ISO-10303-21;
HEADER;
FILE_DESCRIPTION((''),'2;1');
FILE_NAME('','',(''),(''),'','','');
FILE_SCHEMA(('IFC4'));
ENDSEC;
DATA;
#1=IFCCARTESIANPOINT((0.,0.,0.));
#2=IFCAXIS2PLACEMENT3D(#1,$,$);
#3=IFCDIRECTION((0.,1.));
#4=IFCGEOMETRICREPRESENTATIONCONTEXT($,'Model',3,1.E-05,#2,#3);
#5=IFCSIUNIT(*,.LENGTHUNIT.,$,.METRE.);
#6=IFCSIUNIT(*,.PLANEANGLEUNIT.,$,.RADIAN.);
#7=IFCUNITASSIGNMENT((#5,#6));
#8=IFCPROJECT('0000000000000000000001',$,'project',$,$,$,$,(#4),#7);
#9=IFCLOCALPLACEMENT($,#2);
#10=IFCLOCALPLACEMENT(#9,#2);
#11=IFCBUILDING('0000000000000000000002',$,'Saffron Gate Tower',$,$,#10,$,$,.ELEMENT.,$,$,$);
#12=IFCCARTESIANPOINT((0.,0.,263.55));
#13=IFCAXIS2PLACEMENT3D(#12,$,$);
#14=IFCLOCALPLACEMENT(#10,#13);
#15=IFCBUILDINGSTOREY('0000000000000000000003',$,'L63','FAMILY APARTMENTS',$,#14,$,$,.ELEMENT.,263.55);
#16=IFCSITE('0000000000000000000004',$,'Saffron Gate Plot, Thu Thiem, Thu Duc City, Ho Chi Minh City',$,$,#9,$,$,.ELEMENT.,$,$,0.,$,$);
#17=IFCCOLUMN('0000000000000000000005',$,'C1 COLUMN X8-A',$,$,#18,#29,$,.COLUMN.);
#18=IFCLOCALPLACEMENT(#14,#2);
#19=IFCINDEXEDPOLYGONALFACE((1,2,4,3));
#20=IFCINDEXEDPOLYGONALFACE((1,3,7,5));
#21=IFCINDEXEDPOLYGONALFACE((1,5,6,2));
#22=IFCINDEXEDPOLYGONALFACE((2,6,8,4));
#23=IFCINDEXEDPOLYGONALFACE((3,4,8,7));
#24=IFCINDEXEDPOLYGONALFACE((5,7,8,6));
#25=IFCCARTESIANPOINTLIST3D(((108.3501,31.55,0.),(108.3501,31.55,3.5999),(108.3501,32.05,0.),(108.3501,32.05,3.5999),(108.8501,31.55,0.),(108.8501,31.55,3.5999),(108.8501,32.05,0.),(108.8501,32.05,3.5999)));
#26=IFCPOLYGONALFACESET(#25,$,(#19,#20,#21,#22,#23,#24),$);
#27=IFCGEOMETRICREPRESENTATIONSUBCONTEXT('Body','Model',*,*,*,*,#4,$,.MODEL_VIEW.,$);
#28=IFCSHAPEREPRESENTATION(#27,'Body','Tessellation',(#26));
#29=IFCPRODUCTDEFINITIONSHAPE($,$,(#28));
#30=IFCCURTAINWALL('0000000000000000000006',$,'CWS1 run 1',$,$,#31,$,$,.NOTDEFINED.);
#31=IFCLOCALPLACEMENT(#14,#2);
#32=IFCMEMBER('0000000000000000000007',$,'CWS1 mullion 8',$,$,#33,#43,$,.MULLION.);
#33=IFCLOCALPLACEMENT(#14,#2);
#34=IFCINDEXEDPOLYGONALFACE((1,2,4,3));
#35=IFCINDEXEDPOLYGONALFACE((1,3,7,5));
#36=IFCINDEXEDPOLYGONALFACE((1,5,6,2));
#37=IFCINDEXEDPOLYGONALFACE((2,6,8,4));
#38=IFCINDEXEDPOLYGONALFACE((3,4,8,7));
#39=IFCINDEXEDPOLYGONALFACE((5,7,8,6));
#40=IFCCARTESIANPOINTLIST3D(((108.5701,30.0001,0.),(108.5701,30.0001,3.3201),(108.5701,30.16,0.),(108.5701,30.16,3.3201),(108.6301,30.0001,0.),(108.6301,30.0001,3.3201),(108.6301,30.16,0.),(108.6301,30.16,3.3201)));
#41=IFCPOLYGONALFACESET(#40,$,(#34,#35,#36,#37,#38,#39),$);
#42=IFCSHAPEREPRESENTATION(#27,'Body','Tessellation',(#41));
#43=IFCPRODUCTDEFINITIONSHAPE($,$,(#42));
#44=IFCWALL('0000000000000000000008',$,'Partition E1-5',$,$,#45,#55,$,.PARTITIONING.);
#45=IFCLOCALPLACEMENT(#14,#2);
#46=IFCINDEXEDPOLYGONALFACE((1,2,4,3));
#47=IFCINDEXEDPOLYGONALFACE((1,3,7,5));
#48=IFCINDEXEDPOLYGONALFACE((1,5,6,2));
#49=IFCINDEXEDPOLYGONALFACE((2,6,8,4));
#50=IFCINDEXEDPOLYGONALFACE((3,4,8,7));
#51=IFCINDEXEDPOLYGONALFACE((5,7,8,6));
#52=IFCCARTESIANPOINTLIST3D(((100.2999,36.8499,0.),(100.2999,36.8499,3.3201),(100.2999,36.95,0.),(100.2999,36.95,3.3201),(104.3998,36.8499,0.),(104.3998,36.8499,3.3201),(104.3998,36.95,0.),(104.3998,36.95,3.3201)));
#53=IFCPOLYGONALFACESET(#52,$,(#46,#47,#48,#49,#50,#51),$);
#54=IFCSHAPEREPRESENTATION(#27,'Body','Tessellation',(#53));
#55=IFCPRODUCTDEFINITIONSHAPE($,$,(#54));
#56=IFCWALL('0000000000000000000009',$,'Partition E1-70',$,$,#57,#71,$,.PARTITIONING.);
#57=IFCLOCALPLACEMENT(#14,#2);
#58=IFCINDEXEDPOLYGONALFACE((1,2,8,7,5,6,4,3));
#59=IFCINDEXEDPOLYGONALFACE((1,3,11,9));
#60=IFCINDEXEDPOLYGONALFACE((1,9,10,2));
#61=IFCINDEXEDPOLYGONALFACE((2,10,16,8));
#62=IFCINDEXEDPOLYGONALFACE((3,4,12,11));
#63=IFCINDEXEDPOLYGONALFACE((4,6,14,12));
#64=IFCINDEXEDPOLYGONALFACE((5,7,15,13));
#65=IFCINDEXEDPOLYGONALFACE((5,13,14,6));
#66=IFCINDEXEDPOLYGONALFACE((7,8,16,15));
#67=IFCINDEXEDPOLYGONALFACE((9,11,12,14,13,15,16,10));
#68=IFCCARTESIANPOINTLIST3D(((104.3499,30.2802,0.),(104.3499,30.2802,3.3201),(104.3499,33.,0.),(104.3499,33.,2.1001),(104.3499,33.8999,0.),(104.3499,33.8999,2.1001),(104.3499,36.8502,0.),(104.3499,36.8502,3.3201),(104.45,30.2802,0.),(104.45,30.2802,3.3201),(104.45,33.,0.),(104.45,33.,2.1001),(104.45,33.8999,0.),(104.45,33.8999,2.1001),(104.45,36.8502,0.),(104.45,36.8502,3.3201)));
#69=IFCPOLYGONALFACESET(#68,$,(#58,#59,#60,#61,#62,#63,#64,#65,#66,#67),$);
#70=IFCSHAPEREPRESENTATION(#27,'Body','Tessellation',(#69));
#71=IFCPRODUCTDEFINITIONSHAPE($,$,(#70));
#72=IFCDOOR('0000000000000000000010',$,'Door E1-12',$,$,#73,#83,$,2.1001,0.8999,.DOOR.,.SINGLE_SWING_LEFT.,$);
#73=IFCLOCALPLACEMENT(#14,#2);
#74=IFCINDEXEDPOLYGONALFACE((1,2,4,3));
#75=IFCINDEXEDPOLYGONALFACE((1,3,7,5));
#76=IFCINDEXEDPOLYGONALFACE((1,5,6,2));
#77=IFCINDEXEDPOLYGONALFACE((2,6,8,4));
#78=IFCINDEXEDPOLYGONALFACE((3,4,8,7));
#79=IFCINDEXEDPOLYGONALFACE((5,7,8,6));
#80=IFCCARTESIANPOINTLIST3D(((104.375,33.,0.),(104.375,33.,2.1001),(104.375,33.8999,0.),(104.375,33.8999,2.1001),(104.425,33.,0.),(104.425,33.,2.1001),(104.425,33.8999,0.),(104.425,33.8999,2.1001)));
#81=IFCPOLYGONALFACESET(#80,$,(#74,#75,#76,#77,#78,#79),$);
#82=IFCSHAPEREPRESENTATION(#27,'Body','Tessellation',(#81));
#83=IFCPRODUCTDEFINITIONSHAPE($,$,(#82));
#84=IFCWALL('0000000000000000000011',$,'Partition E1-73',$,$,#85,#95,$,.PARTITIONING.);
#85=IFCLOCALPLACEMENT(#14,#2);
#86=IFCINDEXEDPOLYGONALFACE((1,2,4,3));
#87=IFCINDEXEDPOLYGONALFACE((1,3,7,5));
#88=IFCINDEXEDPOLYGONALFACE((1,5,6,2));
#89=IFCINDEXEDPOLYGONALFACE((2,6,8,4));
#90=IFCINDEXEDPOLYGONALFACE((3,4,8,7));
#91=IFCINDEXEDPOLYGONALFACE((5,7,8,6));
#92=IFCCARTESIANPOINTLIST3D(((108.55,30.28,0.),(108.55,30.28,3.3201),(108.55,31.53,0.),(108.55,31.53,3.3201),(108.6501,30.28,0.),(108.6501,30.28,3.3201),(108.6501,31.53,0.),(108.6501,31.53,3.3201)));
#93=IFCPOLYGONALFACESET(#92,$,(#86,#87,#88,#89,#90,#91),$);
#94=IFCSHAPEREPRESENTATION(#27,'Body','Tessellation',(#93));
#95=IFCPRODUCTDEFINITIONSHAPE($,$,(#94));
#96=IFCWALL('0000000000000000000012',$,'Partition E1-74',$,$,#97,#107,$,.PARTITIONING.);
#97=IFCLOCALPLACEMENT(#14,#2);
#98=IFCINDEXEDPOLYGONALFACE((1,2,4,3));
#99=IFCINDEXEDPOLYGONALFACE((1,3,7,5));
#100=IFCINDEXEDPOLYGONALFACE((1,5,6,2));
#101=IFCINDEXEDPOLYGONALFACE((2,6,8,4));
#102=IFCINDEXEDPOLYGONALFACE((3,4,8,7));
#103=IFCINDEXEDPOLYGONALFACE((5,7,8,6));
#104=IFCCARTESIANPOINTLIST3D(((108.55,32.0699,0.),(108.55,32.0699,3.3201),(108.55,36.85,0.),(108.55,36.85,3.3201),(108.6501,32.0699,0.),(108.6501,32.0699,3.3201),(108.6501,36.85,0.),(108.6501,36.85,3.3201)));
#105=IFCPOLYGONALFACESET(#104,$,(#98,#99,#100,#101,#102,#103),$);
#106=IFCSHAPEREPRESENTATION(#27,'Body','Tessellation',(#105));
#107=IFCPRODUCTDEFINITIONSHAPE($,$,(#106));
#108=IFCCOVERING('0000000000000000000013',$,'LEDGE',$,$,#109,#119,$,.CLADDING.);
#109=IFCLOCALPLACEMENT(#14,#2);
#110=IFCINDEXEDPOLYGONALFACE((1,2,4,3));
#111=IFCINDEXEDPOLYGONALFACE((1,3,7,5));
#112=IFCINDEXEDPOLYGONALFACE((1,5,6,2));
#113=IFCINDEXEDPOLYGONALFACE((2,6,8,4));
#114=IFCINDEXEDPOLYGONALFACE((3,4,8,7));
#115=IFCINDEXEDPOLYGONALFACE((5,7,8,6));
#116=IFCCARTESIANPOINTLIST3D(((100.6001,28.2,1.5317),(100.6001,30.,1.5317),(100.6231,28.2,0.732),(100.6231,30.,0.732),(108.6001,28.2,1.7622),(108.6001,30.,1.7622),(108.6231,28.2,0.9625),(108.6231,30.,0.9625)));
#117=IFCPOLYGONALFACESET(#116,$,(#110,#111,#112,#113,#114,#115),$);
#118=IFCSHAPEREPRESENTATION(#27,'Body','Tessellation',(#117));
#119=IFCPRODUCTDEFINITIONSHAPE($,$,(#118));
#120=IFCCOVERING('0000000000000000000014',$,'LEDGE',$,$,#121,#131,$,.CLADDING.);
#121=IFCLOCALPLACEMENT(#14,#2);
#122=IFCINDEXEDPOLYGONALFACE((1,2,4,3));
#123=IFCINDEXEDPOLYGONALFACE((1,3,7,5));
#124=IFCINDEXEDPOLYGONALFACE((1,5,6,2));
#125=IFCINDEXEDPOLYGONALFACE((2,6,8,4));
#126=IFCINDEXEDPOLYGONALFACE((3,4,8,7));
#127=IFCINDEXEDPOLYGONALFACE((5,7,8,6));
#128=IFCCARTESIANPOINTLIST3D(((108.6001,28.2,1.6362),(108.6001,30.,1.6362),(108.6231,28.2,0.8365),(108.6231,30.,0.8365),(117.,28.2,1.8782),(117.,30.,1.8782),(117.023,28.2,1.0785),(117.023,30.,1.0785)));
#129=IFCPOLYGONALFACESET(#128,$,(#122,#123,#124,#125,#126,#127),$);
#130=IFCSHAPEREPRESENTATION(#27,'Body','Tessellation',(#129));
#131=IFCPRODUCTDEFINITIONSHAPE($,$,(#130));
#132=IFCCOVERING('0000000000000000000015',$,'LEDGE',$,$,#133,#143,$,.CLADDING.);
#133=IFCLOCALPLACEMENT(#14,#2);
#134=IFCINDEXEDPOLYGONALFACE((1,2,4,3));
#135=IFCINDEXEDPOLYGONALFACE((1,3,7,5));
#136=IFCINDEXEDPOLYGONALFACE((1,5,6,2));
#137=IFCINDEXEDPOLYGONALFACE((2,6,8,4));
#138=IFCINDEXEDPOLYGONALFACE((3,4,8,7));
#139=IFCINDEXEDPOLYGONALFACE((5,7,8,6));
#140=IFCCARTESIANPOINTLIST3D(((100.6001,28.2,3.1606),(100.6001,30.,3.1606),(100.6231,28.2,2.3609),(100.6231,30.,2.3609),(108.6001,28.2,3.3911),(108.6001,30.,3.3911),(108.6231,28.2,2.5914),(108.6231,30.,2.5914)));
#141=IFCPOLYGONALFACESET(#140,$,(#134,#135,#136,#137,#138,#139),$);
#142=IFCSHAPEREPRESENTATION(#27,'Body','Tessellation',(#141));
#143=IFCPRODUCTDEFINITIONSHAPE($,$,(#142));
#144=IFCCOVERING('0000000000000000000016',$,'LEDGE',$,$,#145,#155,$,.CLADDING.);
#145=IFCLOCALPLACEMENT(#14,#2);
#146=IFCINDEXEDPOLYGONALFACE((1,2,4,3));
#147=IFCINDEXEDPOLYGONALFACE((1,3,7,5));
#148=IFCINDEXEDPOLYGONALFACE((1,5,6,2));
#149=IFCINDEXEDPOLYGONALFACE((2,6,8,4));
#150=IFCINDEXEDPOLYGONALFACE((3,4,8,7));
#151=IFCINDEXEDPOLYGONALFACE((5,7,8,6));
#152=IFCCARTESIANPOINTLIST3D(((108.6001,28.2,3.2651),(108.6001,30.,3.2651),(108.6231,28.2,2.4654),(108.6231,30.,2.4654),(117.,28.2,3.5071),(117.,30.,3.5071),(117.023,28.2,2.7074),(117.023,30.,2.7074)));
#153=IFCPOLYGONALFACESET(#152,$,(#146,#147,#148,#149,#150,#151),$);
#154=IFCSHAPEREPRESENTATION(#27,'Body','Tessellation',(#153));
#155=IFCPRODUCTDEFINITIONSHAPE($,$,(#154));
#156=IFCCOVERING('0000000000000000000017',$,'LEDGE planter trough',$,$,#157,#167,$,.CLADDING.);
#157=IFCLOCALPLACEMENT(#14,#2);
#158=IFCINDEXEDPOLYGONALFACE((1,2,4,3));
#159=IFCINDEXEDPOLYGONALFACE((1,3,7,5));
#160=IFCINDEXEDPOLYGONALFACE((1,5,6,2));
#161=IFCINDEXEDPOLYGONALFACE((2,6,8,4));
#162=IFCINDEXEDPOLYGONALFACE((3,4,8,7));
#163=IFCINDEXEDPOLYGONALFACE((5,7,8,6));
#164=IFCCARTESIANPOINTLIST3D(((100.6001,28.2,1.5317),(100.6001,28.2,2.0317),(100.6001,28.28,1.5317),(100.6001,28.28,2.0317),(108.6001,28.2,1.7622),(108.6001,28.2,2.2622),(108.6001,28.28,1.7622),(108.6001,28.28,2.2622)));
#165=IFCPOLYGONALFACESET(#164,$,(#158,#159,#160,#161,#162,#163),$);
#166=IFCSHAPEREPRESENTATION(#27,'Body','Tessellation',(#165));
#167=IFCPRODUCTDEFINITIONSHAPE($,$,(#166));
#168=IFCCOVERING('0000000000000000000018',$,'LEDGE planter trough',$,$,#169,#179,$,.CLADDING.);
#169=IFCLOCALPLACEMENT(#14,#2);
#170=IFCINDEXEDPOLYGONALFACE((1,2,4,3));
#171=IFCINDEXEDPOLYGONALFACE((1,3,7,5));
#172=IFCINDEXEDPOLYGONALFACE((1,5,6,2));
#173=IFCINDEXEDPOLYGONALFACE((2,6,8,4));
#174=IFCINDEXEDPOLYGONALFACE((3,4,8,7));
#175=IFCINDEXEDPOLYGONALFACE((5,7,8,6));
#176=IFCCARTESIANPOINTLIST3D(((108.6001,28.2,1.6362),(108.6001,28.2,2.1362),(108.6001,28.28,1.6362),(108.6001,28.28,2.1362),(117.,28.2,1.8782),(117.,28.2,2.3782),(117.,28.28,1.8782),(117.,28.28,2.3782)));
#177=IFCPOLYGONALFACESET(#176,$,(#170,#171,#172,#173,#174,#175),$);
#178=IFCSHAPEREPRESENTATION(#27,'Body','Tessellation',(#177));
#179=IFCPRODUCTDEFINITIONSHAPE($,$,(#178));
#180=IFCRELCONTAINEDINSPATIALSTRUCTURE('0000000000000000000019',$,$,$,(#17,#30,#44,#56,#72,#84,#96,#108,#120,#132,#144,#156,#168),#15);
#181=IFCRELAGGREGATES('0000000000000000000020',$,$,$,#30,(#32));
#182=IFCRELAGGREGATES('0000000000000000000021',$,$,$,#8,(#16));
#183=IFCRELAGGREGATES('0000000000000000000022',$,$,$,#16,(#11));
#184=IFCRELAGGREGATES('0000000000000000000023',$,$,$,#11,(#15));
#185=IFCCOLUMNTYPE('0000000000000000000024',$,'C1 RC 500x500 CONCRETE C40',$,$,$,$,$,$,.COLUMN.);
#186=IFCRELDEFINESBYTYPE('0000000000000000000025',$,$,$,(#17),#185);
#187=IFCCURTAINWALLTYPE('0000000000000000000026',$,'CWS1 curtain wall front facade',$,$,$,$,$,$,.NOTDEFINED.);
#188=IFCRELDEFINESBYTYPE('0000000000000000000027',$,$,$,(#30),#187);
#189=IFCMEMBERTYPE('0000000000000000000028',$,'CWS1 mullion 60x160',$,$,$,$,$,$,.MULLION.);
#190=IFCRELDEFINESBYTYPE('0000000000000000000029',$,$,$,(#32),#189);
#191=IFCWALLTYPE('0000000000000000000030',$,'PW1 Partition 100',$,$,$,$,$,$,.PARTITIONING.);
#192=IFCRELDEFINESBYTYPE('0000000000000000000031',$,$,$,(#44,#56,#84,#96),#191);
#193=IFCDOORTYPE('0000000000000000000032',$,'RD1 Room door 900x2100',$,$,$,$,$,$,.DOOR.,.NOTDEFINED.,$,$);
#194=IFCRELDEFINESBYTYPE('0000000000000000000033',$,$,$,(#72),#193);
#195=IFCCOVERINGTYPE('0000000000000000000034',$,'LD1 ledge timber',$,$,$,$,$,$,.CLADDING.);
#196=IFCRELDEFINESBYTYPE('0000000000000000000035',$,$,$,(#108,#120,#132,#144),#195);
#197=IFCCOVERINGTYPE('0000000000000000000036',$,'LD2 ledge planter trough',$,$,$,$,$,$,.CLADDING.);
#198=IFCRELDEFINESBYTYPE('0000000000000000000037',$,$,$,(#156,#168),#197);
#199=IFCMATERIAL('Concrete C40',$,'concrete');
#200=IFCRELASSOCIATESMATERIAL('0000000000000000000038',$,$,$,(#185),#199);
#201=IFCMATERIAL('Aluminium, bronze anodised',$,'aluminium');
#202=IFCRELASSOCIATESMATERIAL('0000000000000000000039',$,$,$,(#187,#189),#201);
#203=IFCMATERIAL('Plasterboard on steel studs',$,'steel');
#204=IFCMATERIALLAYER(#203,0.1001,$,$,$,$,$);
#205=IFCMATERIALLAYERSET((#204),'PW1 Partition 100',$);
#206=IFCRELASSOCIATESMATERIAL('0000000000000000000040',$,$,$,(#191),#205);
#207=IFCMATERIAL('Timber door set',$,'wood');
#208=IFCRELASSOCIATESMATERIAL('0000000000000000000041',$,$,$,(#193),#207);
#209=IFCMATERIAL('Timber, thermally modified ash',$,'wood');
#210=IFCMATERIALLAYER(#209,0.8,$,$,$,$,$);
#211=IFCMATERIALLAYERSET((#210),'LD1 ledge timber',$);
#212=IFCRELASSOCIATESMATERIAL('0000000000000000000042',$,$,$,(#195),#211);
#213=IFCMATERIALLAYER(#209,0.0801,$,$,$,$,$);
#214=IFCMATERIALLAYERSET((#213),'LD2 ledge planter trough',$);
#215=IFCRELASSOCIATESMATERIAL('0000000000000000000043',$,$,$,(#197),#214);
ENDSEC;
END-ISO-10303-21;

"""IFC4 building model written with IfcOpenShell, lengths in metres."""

from ifc_helpers import new_model, si_unit, direction, frame, frame_2d, origin, origin_2d, place, context, subcontext, project, spatial, polyline, rectangle, outline, extrude, material, layer, layer_set, material_profile, profile_set, type_object, element, fill, aggregate, save


model = new_model("IFC4")

# Units and contexts
model_context = context("Model", 3, precision=1e-05, world=origin(), true_north=direction((0.0, 1.0)))
body_context = subcontext(model_context, "Body", "Model", "MODEL_VIEW")
ifc_project = project(units=[si_unit("LENGTHUNIT", "METRE"), si_unit("PLANEANGLEUNIT", "RADIAN")], contexts=[model_context])

# Site, building, storey
site_placement = place(None, origin())
site = spatial("IfcSite", under=ifc_project, at=site_placement, Name="Saffron Gate Plot, Thu Thiem, Thu Duc City, Ho Chi Minh City", CompositionType="ELEMENT", RefElevation=0.0)
building_placement = place(site_placement, origin())
building = spatial("IfcBuilding", under=site, at=building_placement, Name="Saffron Gate Tower", CompositionType="ELEMENT")
storey_placement = place(building_placement, frame((0.0, 0.0, 263.55)))
storey = spatial("IfcBuildingStorey", under=building, at=storey_placement, Name="L63", Description="FAMILY APARTMENTS", CompositionType="ELEMENT", Elevation=263.55)

# Column
ifc_material_1 = material(Name="Concrete C40", Category="concrete")
ifc_material_profile_1 = material_profile(ifc_material_1, rectangle(XDim=0.5, YDim=0.5, at=origin_2d()))
ifc_profile_set_1 = profile_set([ifc_material_profile_1], Name="Concrete C40")
column_type = type_object("IfcColumnType", Name="C1 RC 500x500 CONCRETE C40", PredefinedType="COLUMN", material=ifc_profile_set_1)
column_placement = place(storey_placement, frame((108.6001, 31.8, 0.0), z_axis=(0.0, 0.0, 1.0), x_axis=(1.0, 0.0, 0.0)))
element("IfcColumn", 1, at=column_placement, inside=storey, type_object=column_type, Name="C1 COLUMN X8-A", PredefinedType="COLUMN", context=body_context, shape_type="SweptSolid", body=[
    extrude(rectangle(XDim=0.5, YDim=0.5, at=origin_2d()), origin(), (0.0, 0.0, 1.0), 3.5999),
])

# Curtain wall, member
ifc_material_2 = material(Name="Aluminium, bronze anodised", Category="aluminium")
curtain_wall_type = type_object("IfcCurtainWallType", Name="CWS1 curtain wall front facade", PredefinedType="NOTDEFINED", material=ifc_material_2)
curtain_wall_placement = place(storey_placement, origin())
curtain_wall = element("IfcCurtainWall", 2, at=curtain_wall_placement, inside=storey, type_object=curtain_wall_type, Name="CWS1 run 1", PredefinedType="NOTDEFINED")
ifc_material_profile_2 = material_profile(ifc_material_2, rectangle(XDim=0.1599, YDim=0.0601, at=origin_2d()))
ifc_profile_set_2 = profile_set([ifc_material_profile_2], Name="Aluminium, bronze anodised")
member_type = type_object("IfcMemberType", Name="CWS1 mullion 60x160", PredefinedType="MULLION", material=ifc_profile_set_2)
member_placement = place(storey_placement, frame((108.6001, 30.0801, 0.0), z_axis=(0.0, 0.0, 1.0), x_axis=(0.0, 1.0, 0.0)))
member = element("IfcMember", 3, at=member_placement, type_object=member_type, Name="CWS1 mullion 8", PredefinedType="MULLION", context=body_context, shape_type="SweptSolid", body=[
    extrude(rectangle(XDim=0.1599, YDim=0.0601, at=origin_2d()), origin(), (0.0, 0.0, 1.0), 3.3201),
])
aggregate(curtain_wall, [member])

# Wall
ifc_material_3 = material(Name="Plasterboard on steel studs", Category="steel")
ifc_layer_1 = layer(ifc_material_3, 0.1001)
ifc_layer_set_1 = layer_set([ifc_layer_1], Name="PW1 Partition 100")
wall_type = type_object("IfcWallType", Name="PW1 Partition 100", PredefinedType="PARTITIONING", material=ifc_layer_set_1)
wall_1_placement = place(storey_placement, frame((100.3, 36.8999, 0.0), z_axis=(0.0, 0.0, 1.0), x_axis=(1.0, 0.0, 0.0)))
element("IfcWall", 4, at=wall_1_placement, inside=storey, type_object=wall_type, Name="Partition E1-5", PredefinedType="PARTITIONING", context=body_context, shape_type="SweptSolid", body=[
    extrude(rectangle(XDim=4.0999, YDim=0.1001, at=frame_2d((2.0498, 0.0))), origin(), (0.0, 0.0, 1.0), 3.3201),
])

# Wall, opening, door
wall_2_placement = place(storey_placement, frame((104.3999, 30.28, 0.0), z_axis=(0.0, 0.0, 1.0), x_axis=(0.0, 1.0, 0.0)))
wall_2 = element("IfcWall", 5, at=wall_2_placement, inside=storey, type_object=wall_type, Name="Partition E1-70", PredefinedType="PARTITIONING", context=body_context, shape_type="SweptSolid", body=[
    extrude(rectangle(XDim=6.5701, YDim=0.1001, at=frame_2d((3.2852, 0.0))), origin(), (0.0, 0.0, 1.0), 3.3201),
])
opening_placement = place(wall_2_placement, frame((2.72, 0.0, 0.0)))
opening = element("IfcOpeningElement", 6, at=opening_placement, cuts=wall_2, PredefinedType="OPENING", context=body_context, shape_type="SweptSolid", body=[
    extrude(rectangle(XDim=0.8999, YDim=2.1001, at=frame_2d((0.45, 1.05))), frame((0.0, 0.0601, 0.0), z_axis=(0.0, -1.0, 0.0), x_axis=(1.0, 0.0, 0.0)), (0.0, 0.0, 1.0), 0.1201),
])
ifc_material_4 = material(Name="Timber door set", Category="wood")
door_type = type_object("IfcDoorType", Name="RD1 Room door 900x2100", OperationType="NOTDEFINED", PredefinedType="DOOR", material=ifc_material_4)
door_placement = place(opening_placement, origin())
door = element("IfcDoor", 7, at=door_placement, inside=storey, type_object=door_type, Name="Door E1-12", OperationType="SINGLE_SWING_LEFT", OverallHeight=2.1001, OverallWidth=0.8999, PredefinedType="DOOR", context=body_context, shape_type="SweptSolid", body=[
    extrude(rectangle(XDim=0.8999, YDim=2.1001, at=frame_2d((0.45, 1.05))), frame((0.0, 0.0249, 0.0), z_axis=(0.0, -1.0, 0.0), x_axis=(1.0, 0.0, 0.0)), (0.0, 0.0, 1.0), 0.05),
])
fill(opening, door)

# Walls
wall_3_placement = place(storey_placement, frame((108.6001, 31.53, 0.0), z_axis=(0.0, 0.0, 1.0), x_axis=(0.0, -1.0, 0.0)))
element("IfcWall", 8, at=wall_3_placement, inside=storey, type_object=wall_type, Name="Partition E1-73", PredefinedType="PARTITIONING", context=body_context, shape_type="SweptSolid", body=[
    extrude(rectangle(XDim=1.25, YDim=0.1001, at=frame_2d((0.625, 0.0))), origin(), (0.0, 0.0, 1.0), 3.3201),
])
wall_4_placement = place(storey_placement, frame((108.6001, 36.8501, 0.0), z_axis=(0.0, 0.0, 1.0), x_axis=(0.0, -1.0, 0.0)))
element("IfcWall", 9, at=wall_4_placement, inside=storey, type_object=wall_type, Name="Partition E1-74", PredefinedType="PARTITIONING", context=body_context, shape_type="SweptSolid", body=[
    extrude(rectangle(XDim=4.78, YDim=0.1001, at=frame_2d((2.3901, 0.0))), origin(), (0.0, 0.0, 1.0), 3.3201),
])

# Coverings
ifc_material_5 = material(Name="Timber, thermally modified ash", Category="wood")
ifc_layer_2 = layer(ifc_material_5, 0.8)
ifc_layer_set_2 = layer_set([ifc_layer_2], Name="LD1 ledge timber")
covering_type_1 = type_object("IfcCoveringType", Name="LD1 ledge timber", PredefinedType="CLADDING", material=ifc_layer_set_2)
covering_1_placement = place(storey_placement, frame((100.6001, 30.0, 1.5317), z_axis=(-0.028797, 0.0, 0.999585), x_axis=(0.999585, 0.0, 0.028797)))
element("IfcCovering", 10, at=covering_1_placement, inside=storey, type_object=covering_type_1, Name="LEDGE", PredefinedType="CLADDING", context=body_context, shape_type="SweptSolid", body=[
    extrude(outline(polyline([(0.0, 0.0), (8.0033, 0.0), (8.0033, -1.8), (0.0, -1.8), (0.0, 0.0)])), origin(), (0.0, 0.0, -1.0), 0.8),
])
covering_2_placement = place(storey_placement, frame((108.6001, 30.0, 1.6362), z_axis=(-0.028791, 0.0, 0.999585), x_axis=(0.999585, 0.0, 0.028791)))
element("IfcCovering", 11, at=covering_2_placement, inside=storey, type_object=covering_type_1, Name="LEDGE", PredefinedType="CLADDING", context=body_context, shape_type="SweptSolid", body=[
    extrude(outline(polyline([(0.0, 0.0), (8.4034, 0.0), (8.4034, -1.8), (0.0, -1.8), (0.0, 0.0)])), origin(), (0.0, 0.0, -1.0), 0.8),
])
covering_3_placement = place(storey_placement, frame((100.6001, 30.0, 3.1606), z_axis=(-0.028797, 0.0, 0.999585), x_axis=(0.999585, 0.0, 0.028797)))
element("IfcCovering", 12, at=covering_3_placement, inside=storey, type_object=covering_type_1, Name="LEDGE", PredefinedType="CLADDING", context=body_context, shape_type="SweptSolid", body=[
    extrude(outline(polyline([(0.0, 0.0), (8.0033, 0.0), (8.0033, -1.8), (0.0, -1.8), (0.0, 0.0)])), origin(), (0.0, 0.0, -1.0), 0.8),
])
covering_4_placement = place(storey_placement, frame((108.6001, 30.0, 3.2651), z_axis=(-0.028791, 0.0, 0.999585), x_axis=(0.999585, 0.0, 0.028791)))
element("IfcCovering", 13, at=covering_4_placement, inside=storey, type_object=covering_type_1, Name="LEDGE", PredefinedType="CLADDING", context=body_context, shape_type="SweptSolid", body=[
    extrude(outline(polyline([(0.0, 0.0), (8.4034, 0.0), (8.4034, -1.8), (0.0, -1.8), (0.0, 0.0)])), origin(), (0.0, 0.0, -1.0), 0.8),
])
ifc_layer_3 = layer(ifc_material_5, 0.0801)
ifc_layer_set_3 = layer_set([ifc_layer_3], Name="LD2 ledge planter trough")
covering_type_2 = type_object("IfcCoveringType", Name="LD2 ledge planter trough", PredefinedType="CLADDING", material=ifc_layer_set_3)
covering_5_placement = place(storey_placement, frame((100.6001, 28.2, 1.5317), z_axis=(0.0, -1.0, 0.0), x_axis=(0.999585, 0.0, 0.028797)))
element("IfcCovering", 14, at=covering_5_placement, inside=storey, type_object=covering_type_2, Name="LEDGE planter trough", PredefinedType="CLADDING", context=body_context, shape_type="SweptSolid", body=[
    extrude(outline(polyline([(0.0, 0.0), (8.0033, 0.0), (8.0177, 0.4998), (0.0144, 0.4998), (0.0, 0.0)])), origin(), (0.0, 0.0, -1.0), 0.0801),
])
covering_6_placement = place(storey_placement, frame((108.6001, 28.2, 1.6362), z_axis=(0.0, -1.0, 0.0), x_axis=(0.999585, 0.0, 0.028791)))
element("IfcCovering", 15, at=covering_6_placement, inside=storey, type_object=covering_type_2, Name="LEDGE planter trough", PredefinedType="CLADDING", context=body_context, shape_type="SweptSolid", body=[
    extrude(outline(polyline([(0.0, 0.0), (8.4034, 0.0), (8.4178, 0.4998), (0.0144, 0.4998), (0.0, 0.0)])), origin(), (0.0, 0.0, -1.0), 0.0801),
])

save(model, "model.ifc")
